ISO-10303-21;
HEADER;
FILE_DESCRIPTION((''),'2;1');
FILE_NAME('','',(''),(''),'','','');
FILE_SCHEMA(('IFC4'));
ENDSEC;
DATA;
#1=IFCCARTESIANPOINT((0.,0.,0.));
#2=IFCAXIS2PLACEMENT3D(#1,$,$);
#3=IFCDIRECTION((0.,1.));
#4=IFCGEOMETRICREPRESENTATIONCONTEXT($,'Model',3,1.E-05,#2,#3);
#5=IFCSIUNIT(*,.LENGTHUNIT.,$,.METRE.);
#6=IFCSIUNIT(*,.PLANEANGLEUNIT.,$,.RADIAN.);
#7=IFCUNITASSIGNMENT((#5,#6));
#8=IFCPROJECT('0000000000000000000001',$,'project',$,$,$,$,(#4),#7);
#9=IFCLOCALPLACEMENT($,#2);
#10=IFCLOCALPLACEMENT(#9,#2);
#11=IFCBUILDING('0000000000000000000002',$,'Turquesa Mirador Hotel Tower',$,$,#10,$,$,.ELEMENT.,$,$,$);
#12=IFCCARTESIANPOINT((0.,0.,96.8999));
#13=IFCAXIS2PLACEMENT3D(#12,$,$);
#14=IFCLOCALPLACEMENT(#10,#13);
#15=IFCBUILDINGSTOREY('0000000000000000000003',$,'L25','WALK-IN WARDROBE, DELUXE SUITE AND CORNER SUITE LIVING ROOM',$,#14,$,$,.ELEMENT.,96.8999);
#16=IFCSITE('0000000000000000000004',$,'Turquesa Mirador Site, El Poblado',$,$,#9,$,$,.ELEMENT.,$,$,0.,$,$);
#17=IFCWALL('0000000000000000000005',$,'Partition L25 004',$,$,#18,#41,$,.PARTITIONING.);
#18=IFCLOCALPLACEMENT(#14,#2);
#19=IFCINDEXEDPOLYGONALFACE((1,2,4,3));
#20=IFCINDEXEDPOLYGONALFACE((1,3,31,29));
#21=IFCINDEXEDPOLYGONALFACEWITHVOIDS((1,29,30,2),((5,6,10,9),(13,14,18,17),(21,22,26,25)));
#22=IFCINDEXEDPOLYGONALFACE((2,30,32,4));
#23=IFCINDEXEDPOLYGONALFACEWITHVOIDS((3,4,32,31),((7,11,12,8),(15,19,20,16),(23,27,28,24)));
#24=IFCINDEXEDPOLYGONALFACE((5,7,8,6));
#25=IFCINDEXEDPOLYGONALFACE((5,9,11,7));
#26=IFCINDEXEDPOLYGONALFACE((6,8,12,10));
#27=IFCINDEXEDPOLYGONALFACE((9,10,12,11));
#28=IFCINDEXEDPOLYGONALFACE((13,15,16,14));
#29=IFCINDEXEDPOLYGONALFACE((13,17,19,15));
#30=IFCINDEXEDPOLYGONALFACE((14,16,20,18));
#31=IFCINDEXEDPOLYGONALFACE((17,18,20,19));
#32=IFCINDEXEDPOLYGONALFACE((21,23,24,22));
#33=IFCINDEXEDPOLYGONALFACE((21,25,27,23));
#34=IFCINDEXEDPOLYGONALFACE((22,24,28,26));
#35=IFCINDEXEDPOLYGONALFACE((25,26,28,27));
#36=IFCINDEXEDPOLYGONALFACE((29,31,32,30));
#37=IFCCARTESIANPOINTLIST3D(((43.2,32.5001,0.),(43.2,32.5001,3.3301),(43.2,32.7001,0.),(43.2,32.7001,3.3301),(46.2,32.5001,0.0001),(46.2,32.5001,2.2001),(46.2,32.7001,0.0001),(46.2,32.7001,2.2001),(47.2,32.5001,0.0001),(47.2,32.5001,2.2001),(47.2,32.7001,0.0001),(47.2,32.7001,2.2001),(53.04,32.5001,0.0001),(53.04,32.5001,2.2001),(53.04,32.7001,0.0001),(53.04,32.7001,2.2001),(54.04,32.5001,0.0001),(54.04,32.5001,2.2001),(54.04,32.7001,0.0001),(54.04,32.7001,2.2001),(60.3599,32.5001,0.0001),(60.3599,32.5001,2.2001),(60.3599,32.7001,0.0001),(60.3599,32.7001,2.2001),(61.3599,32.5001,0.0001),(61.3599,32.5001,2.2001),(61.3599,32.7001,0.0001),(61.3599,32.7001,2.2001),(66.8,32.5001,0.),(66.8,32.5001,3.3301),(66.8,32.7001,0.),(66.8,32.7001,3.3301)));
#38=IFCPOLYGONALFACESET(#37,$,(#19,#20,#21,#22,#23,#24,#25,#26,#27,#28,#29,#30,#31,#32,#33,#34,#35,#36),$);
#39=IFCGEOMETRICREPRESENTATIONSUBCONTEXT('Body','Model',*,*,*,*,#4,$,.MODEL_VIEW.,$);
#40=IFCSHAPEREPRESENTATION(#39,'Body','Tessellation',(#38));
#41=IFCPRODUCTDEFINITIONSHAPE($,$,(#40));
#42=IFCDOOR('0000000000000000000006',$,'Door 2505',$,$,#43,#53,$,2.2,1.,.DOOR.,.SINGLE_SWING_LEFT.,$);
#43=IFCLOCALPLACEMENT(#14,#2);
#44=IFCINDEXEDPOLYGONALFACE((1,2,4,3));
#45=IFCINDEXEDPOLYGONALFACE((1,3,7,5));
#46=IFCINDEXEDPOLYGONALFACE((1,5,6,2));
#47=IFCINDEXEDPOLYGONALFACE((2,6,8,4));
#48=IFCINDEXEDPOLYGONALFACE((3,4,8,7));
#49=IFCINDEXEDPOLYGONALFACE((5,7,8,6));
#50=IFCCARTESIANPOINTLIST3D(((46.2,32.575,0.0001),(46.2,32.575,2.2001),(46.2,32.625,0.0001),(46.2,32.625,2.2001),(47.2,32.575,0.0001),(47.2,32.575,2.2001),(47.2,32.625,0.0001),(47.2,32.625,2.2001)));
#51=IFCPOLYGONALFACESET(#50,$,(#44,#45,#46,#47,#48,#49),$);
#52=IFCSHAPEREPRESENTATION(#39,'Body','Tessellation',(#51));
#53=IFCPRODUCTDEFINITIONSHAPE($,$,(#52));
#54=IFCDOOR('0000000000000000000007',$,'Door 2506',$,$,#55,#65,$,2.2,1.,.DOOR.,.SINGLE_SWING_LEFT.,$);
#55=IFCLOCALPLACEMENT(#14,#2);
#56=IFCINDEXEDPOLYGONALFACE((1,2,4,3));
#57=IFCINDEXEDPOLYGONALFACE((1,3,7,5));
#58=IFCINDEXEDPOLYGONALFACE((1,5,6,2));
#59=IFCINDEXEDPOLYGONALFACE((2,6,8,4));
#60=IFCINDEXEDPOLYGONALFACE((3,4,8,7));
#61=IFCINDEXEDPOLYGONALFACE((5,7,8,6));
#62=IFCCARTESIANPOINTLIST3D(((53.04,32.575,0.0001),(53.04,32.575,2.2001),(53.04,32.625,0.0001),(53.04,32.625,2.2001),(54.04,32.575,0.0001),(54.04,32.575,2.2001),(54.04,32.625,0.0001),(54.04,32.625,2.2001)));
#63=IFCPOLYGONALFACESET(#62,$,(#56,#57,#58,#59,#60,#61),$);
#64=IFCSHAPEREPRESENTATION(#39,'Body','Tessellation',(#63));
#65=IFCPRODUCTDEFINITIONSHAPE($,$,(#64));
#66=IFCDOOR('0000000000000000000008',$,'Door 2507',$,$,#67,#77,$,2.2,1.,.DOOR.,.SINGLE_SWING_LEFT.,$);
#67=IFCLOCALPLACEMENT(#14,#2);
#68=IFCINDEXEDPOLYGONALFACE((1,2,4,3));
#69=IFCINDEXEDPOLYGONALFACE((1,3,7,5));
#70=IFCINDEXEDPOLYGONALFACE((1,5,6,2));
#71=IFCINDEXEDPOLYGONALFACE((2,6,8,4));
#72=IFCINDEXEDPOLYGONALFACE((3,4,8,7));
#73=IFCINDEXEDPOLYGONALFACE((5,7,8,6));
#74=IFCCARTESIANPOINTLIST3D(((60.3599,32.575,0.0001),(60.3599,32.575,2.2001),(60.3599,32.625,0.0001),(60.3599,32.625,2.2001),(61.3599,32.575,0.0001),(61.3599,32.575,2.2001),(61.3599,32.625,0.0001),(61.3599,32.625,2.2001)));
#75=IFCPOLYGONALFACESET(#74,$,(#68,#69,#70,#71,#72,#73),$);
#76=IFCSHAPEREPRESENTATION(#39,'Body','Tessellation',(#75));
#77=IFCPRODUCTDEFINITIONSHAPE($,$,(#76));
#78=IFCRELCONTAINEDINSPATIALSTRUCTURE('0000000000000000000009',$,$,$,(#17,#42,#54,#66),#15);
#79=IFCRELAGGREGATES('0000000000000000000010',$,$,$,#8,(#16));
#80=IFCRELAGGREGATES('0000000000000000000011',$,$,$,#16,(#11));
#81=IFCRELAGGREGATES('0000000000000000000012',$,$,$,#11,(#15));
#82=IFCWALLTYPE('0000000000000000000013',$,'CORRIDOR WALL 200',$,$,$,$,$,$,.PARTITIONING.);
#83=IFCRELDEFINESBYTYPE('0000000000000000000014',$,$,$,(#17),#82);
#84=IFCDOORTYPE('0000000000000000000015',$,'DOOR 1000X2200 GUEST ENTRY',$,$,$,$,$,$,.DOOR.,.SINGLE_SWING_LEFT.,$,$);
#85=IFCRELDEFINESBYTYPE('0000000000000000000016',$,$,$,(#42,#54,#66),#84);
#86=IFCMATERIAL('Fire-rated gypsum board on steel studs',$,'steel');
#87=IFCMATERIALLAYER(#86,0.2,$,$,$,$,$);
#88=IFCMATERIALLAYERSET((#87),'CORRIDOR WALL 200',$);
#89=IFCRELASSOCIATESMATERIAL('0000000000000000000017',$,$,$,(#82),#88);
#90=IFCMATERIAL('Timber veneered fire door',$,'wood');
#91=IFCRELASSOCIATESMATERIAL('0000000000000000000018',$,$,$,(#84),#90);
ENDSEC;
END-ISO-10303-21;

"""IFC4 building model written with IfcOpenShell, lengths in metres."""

from ifc_helpers import new_model, si_unit, direction, frame, frame_2d, origin, place, context, subcontext, project, spatial, rectangle, extrude, material, layer, layer_set, type_object, element, fill, save


model = new_model("IFC4")

# Units and contexts
model_context = context("Model", 3, precision=1e-05, world=origin(), true_north=direction((0.0, 1.0)))
body_context = subcontext(model_context, "Body", "Model", "MODEL_VIEW")
ifc_project = project(units=[si_unit("LENGTHUNIT", "METRE"), si_unit("PLANEANGLEUNIT", "RADIAN")], contexts=[model_context])

# Site, building, storey
site_placement = place(None, origin())
site = spatial("IfcSite", under=ifc_project, at=site_placement, Name="Turquesa Mirador Site, El Poblado", CompositionType="ELEMENT", RefElevation=0.0)
building_placement = place(site_placement, origin())
building = spatial("IfcBuilding", under=site, at=building_placement, Name="Turquesa Mirador Hotel Tower", CompositionType="ELEMENT")
storey_placement = place(building_placement, frame((0.0, 0.0, 96.8999)))
storey = spatial("IfcBuildingStorey", under=building, at=storey_placement, Name="L25", Description="WALK-IN WARDROBE, DELUXE SUITE AND CORNER SUITE LIVING ROOM", CompositionType="ELEMENT", Elevation=96.8999)

# Wall, openings, doors
ifc_material_1 = material(Name="Fire-rated gypsum board on steel studs", Category="steel")
ifc_layer_1 = layer(ifc_material_1, 0.2)
ifc_layer_set_1 = layer_set([ifc_layer_1], Name="CORRIDOR WALL 200")
wall_type_1 = type_object("IfcWallType", Name="CORRIDOR WALL 200", PredefinedType="PARTITIONING", material=ifc_layer_set_1)
wall_1_placement = place(storey_placement, frame((43.2, 32.6001, 0.0), z_axis=(0.0, 0.0, 1.0), x_axis=(1.0, 0.0, 0.0)))
wall_1 = element("IfcWall", 1, at=wall_1_placement, inside=storey, type_object=wall_type_1, Name="Partition L25 004", PredefinedType="PARTITIONING", context=body_context, shape_type="SweptSolid", body=[
    extrude(rectangle(XDim=23.6001, YDim=0.2, at=frame_2d((11.8, 0.0))), origin(), (0.0, 0.0, 1.0), 3.3301),
])
opening_1_placement = place(wall_1_placement, frame((3.0, 0.0, 0.0)))
opening_1 = element("IfcOpeningElement", 2, at=opening_1_placement, cuts=wall_1, PredefinedType="OPENING", context=body_context, shape_type="SweptSolid", body=[
    extrude(rectangle(XDim=1.0, YDim=2.2, at=frame_2d((0.5, 1.1001))), frame((0.0, 0.1099, 0.0), z_axis=(0.0, -1.0, 0.0), x_axis=(1.0, 0.0, 0.0)), (0.0, 0.0, 1.0), 0.22),
])
opening_2_placement = place(wall_1_placement, frame((9.8401, 0.0, 0.0)))
opening_2 = element("IfcOpeningElement", 3, at=opening_2_placement, cuts=wall_1, PredefinedType="OPENING", context=body_context, shape_type="SweptSolid", body=[
    extrude(rectangle(XDim=1.0, YDim=2.2, at=frame_2d((0.5, 1.1001))), frame((0.0, 0.1099, 0.0), z_axis=(0.0, -1.0, 0.0), x_axis=(1.0, 0.0, 0.0)), (0.0, 0.0, 1.0), 0.22),
])
opening_3_placement = place(wall_1_placement, frame((17.1599, 0.0, 0.0)))
opening_3 = element("IfcOpeningElement", 4, at=opening_3_placement, cuts=wall_1, PredefinedType="OPENING", context=body_context, shape_type="SweptSolid", body=[
    extrude(rectangle(XDim=1.0, YDim=2.2, at=frame_2d((0.5, 1.1001))), frame((0.0, 0.1099, 0.0), z_axis=(0.0, -1.0, 0.0), x_axis=(1.0, 0.0, 0.0)), (0.0, 0.0, 1.0), 0.22),
])
ifc_material_2 = material(Name="Timber veneered fire door", Category="wood")
door_type_1 = type_object("IfcDoorType", Name="DOOR 1000X2200 GUEST ENTRY", OperationType="SINGLE_SWING_LEFT", PredefinedType="DOOR", material=ifc_material_2)
door_1_placement = place(opening_1_placement, origin())
door_1 = element("IfcDoor", 5, at=door_1_placement, inside=storey, type_object=door_type_1, Name="Door 2505", OperationType="SINGLE_SWING_LEFT", OverallHeight=2.2, OverallWidth=1.0, PredefinedType="DOOR", context=body_context, shape_type="SweptSolid", body=[
    extrude(rectangle(XDim=1.0, YDim=2.2, at=frame_2d((0.5, 1.1001))), frame((0.0, 0.0249, 0.0), z_axis=(0.0, -1.0, 0.0), x_axis=(1.0, 0.0, 0.0)), (0.0, 0.0, 1.0), 0.05),
])
fill(opening_1, door_1)
door_2_placement = place(opening_2_placement, origin())
door_2 = element("IfcDoor", 6, at=door_2_placement, inside=storey, type_object=door_type_1, Name="Door 2506", OperationType="SINGLE_SWING_LEFT", OverallHeight=2.2, OverallWidth=1.0, PredefinedType="DOOR", context=body_context, shape_type="SweptSolid", body=[
    extrude(rectangle(XDim=1.0, YDim=2.2, at=frame_2d((0.5, 1.1001))), frame((0.0, 0.0249, 0.0), z_axis=(0.0, -1.0, 0.0), x_axis=(1.0, 0.0, 0.0)), (0.0, 0.0, 1.0), 0.05),
])
fill(opening_2, door_2)
door_3_placement = place(opening_3_placement, origin())
door_3 = element("IfcDoor", 7, at=door_3_placement, inside=storey, type_object=door_type_1, Name="Door 2507", OperationType="SINGLE_SWING_LEFT", OverallHeight=2.2, OverallWidth=1.0, PredefinedType="DOOR", context=body_context, shape_type="SweptSolid", body=[
    extrude(rectangle(XDim=1.0, YDim=2.2, at=frame_2d((0.5, 1.1001))), frame((0.0, 0.0249, 0.0), z_axis=(0.0, -1.0, 0.0), x_axis=(1.0, 0.0, 0.0)), (0.0, 0.0, 1.0), 0.05),
])
fill(opening_3, door_3)

save(model, "model.ifc")
